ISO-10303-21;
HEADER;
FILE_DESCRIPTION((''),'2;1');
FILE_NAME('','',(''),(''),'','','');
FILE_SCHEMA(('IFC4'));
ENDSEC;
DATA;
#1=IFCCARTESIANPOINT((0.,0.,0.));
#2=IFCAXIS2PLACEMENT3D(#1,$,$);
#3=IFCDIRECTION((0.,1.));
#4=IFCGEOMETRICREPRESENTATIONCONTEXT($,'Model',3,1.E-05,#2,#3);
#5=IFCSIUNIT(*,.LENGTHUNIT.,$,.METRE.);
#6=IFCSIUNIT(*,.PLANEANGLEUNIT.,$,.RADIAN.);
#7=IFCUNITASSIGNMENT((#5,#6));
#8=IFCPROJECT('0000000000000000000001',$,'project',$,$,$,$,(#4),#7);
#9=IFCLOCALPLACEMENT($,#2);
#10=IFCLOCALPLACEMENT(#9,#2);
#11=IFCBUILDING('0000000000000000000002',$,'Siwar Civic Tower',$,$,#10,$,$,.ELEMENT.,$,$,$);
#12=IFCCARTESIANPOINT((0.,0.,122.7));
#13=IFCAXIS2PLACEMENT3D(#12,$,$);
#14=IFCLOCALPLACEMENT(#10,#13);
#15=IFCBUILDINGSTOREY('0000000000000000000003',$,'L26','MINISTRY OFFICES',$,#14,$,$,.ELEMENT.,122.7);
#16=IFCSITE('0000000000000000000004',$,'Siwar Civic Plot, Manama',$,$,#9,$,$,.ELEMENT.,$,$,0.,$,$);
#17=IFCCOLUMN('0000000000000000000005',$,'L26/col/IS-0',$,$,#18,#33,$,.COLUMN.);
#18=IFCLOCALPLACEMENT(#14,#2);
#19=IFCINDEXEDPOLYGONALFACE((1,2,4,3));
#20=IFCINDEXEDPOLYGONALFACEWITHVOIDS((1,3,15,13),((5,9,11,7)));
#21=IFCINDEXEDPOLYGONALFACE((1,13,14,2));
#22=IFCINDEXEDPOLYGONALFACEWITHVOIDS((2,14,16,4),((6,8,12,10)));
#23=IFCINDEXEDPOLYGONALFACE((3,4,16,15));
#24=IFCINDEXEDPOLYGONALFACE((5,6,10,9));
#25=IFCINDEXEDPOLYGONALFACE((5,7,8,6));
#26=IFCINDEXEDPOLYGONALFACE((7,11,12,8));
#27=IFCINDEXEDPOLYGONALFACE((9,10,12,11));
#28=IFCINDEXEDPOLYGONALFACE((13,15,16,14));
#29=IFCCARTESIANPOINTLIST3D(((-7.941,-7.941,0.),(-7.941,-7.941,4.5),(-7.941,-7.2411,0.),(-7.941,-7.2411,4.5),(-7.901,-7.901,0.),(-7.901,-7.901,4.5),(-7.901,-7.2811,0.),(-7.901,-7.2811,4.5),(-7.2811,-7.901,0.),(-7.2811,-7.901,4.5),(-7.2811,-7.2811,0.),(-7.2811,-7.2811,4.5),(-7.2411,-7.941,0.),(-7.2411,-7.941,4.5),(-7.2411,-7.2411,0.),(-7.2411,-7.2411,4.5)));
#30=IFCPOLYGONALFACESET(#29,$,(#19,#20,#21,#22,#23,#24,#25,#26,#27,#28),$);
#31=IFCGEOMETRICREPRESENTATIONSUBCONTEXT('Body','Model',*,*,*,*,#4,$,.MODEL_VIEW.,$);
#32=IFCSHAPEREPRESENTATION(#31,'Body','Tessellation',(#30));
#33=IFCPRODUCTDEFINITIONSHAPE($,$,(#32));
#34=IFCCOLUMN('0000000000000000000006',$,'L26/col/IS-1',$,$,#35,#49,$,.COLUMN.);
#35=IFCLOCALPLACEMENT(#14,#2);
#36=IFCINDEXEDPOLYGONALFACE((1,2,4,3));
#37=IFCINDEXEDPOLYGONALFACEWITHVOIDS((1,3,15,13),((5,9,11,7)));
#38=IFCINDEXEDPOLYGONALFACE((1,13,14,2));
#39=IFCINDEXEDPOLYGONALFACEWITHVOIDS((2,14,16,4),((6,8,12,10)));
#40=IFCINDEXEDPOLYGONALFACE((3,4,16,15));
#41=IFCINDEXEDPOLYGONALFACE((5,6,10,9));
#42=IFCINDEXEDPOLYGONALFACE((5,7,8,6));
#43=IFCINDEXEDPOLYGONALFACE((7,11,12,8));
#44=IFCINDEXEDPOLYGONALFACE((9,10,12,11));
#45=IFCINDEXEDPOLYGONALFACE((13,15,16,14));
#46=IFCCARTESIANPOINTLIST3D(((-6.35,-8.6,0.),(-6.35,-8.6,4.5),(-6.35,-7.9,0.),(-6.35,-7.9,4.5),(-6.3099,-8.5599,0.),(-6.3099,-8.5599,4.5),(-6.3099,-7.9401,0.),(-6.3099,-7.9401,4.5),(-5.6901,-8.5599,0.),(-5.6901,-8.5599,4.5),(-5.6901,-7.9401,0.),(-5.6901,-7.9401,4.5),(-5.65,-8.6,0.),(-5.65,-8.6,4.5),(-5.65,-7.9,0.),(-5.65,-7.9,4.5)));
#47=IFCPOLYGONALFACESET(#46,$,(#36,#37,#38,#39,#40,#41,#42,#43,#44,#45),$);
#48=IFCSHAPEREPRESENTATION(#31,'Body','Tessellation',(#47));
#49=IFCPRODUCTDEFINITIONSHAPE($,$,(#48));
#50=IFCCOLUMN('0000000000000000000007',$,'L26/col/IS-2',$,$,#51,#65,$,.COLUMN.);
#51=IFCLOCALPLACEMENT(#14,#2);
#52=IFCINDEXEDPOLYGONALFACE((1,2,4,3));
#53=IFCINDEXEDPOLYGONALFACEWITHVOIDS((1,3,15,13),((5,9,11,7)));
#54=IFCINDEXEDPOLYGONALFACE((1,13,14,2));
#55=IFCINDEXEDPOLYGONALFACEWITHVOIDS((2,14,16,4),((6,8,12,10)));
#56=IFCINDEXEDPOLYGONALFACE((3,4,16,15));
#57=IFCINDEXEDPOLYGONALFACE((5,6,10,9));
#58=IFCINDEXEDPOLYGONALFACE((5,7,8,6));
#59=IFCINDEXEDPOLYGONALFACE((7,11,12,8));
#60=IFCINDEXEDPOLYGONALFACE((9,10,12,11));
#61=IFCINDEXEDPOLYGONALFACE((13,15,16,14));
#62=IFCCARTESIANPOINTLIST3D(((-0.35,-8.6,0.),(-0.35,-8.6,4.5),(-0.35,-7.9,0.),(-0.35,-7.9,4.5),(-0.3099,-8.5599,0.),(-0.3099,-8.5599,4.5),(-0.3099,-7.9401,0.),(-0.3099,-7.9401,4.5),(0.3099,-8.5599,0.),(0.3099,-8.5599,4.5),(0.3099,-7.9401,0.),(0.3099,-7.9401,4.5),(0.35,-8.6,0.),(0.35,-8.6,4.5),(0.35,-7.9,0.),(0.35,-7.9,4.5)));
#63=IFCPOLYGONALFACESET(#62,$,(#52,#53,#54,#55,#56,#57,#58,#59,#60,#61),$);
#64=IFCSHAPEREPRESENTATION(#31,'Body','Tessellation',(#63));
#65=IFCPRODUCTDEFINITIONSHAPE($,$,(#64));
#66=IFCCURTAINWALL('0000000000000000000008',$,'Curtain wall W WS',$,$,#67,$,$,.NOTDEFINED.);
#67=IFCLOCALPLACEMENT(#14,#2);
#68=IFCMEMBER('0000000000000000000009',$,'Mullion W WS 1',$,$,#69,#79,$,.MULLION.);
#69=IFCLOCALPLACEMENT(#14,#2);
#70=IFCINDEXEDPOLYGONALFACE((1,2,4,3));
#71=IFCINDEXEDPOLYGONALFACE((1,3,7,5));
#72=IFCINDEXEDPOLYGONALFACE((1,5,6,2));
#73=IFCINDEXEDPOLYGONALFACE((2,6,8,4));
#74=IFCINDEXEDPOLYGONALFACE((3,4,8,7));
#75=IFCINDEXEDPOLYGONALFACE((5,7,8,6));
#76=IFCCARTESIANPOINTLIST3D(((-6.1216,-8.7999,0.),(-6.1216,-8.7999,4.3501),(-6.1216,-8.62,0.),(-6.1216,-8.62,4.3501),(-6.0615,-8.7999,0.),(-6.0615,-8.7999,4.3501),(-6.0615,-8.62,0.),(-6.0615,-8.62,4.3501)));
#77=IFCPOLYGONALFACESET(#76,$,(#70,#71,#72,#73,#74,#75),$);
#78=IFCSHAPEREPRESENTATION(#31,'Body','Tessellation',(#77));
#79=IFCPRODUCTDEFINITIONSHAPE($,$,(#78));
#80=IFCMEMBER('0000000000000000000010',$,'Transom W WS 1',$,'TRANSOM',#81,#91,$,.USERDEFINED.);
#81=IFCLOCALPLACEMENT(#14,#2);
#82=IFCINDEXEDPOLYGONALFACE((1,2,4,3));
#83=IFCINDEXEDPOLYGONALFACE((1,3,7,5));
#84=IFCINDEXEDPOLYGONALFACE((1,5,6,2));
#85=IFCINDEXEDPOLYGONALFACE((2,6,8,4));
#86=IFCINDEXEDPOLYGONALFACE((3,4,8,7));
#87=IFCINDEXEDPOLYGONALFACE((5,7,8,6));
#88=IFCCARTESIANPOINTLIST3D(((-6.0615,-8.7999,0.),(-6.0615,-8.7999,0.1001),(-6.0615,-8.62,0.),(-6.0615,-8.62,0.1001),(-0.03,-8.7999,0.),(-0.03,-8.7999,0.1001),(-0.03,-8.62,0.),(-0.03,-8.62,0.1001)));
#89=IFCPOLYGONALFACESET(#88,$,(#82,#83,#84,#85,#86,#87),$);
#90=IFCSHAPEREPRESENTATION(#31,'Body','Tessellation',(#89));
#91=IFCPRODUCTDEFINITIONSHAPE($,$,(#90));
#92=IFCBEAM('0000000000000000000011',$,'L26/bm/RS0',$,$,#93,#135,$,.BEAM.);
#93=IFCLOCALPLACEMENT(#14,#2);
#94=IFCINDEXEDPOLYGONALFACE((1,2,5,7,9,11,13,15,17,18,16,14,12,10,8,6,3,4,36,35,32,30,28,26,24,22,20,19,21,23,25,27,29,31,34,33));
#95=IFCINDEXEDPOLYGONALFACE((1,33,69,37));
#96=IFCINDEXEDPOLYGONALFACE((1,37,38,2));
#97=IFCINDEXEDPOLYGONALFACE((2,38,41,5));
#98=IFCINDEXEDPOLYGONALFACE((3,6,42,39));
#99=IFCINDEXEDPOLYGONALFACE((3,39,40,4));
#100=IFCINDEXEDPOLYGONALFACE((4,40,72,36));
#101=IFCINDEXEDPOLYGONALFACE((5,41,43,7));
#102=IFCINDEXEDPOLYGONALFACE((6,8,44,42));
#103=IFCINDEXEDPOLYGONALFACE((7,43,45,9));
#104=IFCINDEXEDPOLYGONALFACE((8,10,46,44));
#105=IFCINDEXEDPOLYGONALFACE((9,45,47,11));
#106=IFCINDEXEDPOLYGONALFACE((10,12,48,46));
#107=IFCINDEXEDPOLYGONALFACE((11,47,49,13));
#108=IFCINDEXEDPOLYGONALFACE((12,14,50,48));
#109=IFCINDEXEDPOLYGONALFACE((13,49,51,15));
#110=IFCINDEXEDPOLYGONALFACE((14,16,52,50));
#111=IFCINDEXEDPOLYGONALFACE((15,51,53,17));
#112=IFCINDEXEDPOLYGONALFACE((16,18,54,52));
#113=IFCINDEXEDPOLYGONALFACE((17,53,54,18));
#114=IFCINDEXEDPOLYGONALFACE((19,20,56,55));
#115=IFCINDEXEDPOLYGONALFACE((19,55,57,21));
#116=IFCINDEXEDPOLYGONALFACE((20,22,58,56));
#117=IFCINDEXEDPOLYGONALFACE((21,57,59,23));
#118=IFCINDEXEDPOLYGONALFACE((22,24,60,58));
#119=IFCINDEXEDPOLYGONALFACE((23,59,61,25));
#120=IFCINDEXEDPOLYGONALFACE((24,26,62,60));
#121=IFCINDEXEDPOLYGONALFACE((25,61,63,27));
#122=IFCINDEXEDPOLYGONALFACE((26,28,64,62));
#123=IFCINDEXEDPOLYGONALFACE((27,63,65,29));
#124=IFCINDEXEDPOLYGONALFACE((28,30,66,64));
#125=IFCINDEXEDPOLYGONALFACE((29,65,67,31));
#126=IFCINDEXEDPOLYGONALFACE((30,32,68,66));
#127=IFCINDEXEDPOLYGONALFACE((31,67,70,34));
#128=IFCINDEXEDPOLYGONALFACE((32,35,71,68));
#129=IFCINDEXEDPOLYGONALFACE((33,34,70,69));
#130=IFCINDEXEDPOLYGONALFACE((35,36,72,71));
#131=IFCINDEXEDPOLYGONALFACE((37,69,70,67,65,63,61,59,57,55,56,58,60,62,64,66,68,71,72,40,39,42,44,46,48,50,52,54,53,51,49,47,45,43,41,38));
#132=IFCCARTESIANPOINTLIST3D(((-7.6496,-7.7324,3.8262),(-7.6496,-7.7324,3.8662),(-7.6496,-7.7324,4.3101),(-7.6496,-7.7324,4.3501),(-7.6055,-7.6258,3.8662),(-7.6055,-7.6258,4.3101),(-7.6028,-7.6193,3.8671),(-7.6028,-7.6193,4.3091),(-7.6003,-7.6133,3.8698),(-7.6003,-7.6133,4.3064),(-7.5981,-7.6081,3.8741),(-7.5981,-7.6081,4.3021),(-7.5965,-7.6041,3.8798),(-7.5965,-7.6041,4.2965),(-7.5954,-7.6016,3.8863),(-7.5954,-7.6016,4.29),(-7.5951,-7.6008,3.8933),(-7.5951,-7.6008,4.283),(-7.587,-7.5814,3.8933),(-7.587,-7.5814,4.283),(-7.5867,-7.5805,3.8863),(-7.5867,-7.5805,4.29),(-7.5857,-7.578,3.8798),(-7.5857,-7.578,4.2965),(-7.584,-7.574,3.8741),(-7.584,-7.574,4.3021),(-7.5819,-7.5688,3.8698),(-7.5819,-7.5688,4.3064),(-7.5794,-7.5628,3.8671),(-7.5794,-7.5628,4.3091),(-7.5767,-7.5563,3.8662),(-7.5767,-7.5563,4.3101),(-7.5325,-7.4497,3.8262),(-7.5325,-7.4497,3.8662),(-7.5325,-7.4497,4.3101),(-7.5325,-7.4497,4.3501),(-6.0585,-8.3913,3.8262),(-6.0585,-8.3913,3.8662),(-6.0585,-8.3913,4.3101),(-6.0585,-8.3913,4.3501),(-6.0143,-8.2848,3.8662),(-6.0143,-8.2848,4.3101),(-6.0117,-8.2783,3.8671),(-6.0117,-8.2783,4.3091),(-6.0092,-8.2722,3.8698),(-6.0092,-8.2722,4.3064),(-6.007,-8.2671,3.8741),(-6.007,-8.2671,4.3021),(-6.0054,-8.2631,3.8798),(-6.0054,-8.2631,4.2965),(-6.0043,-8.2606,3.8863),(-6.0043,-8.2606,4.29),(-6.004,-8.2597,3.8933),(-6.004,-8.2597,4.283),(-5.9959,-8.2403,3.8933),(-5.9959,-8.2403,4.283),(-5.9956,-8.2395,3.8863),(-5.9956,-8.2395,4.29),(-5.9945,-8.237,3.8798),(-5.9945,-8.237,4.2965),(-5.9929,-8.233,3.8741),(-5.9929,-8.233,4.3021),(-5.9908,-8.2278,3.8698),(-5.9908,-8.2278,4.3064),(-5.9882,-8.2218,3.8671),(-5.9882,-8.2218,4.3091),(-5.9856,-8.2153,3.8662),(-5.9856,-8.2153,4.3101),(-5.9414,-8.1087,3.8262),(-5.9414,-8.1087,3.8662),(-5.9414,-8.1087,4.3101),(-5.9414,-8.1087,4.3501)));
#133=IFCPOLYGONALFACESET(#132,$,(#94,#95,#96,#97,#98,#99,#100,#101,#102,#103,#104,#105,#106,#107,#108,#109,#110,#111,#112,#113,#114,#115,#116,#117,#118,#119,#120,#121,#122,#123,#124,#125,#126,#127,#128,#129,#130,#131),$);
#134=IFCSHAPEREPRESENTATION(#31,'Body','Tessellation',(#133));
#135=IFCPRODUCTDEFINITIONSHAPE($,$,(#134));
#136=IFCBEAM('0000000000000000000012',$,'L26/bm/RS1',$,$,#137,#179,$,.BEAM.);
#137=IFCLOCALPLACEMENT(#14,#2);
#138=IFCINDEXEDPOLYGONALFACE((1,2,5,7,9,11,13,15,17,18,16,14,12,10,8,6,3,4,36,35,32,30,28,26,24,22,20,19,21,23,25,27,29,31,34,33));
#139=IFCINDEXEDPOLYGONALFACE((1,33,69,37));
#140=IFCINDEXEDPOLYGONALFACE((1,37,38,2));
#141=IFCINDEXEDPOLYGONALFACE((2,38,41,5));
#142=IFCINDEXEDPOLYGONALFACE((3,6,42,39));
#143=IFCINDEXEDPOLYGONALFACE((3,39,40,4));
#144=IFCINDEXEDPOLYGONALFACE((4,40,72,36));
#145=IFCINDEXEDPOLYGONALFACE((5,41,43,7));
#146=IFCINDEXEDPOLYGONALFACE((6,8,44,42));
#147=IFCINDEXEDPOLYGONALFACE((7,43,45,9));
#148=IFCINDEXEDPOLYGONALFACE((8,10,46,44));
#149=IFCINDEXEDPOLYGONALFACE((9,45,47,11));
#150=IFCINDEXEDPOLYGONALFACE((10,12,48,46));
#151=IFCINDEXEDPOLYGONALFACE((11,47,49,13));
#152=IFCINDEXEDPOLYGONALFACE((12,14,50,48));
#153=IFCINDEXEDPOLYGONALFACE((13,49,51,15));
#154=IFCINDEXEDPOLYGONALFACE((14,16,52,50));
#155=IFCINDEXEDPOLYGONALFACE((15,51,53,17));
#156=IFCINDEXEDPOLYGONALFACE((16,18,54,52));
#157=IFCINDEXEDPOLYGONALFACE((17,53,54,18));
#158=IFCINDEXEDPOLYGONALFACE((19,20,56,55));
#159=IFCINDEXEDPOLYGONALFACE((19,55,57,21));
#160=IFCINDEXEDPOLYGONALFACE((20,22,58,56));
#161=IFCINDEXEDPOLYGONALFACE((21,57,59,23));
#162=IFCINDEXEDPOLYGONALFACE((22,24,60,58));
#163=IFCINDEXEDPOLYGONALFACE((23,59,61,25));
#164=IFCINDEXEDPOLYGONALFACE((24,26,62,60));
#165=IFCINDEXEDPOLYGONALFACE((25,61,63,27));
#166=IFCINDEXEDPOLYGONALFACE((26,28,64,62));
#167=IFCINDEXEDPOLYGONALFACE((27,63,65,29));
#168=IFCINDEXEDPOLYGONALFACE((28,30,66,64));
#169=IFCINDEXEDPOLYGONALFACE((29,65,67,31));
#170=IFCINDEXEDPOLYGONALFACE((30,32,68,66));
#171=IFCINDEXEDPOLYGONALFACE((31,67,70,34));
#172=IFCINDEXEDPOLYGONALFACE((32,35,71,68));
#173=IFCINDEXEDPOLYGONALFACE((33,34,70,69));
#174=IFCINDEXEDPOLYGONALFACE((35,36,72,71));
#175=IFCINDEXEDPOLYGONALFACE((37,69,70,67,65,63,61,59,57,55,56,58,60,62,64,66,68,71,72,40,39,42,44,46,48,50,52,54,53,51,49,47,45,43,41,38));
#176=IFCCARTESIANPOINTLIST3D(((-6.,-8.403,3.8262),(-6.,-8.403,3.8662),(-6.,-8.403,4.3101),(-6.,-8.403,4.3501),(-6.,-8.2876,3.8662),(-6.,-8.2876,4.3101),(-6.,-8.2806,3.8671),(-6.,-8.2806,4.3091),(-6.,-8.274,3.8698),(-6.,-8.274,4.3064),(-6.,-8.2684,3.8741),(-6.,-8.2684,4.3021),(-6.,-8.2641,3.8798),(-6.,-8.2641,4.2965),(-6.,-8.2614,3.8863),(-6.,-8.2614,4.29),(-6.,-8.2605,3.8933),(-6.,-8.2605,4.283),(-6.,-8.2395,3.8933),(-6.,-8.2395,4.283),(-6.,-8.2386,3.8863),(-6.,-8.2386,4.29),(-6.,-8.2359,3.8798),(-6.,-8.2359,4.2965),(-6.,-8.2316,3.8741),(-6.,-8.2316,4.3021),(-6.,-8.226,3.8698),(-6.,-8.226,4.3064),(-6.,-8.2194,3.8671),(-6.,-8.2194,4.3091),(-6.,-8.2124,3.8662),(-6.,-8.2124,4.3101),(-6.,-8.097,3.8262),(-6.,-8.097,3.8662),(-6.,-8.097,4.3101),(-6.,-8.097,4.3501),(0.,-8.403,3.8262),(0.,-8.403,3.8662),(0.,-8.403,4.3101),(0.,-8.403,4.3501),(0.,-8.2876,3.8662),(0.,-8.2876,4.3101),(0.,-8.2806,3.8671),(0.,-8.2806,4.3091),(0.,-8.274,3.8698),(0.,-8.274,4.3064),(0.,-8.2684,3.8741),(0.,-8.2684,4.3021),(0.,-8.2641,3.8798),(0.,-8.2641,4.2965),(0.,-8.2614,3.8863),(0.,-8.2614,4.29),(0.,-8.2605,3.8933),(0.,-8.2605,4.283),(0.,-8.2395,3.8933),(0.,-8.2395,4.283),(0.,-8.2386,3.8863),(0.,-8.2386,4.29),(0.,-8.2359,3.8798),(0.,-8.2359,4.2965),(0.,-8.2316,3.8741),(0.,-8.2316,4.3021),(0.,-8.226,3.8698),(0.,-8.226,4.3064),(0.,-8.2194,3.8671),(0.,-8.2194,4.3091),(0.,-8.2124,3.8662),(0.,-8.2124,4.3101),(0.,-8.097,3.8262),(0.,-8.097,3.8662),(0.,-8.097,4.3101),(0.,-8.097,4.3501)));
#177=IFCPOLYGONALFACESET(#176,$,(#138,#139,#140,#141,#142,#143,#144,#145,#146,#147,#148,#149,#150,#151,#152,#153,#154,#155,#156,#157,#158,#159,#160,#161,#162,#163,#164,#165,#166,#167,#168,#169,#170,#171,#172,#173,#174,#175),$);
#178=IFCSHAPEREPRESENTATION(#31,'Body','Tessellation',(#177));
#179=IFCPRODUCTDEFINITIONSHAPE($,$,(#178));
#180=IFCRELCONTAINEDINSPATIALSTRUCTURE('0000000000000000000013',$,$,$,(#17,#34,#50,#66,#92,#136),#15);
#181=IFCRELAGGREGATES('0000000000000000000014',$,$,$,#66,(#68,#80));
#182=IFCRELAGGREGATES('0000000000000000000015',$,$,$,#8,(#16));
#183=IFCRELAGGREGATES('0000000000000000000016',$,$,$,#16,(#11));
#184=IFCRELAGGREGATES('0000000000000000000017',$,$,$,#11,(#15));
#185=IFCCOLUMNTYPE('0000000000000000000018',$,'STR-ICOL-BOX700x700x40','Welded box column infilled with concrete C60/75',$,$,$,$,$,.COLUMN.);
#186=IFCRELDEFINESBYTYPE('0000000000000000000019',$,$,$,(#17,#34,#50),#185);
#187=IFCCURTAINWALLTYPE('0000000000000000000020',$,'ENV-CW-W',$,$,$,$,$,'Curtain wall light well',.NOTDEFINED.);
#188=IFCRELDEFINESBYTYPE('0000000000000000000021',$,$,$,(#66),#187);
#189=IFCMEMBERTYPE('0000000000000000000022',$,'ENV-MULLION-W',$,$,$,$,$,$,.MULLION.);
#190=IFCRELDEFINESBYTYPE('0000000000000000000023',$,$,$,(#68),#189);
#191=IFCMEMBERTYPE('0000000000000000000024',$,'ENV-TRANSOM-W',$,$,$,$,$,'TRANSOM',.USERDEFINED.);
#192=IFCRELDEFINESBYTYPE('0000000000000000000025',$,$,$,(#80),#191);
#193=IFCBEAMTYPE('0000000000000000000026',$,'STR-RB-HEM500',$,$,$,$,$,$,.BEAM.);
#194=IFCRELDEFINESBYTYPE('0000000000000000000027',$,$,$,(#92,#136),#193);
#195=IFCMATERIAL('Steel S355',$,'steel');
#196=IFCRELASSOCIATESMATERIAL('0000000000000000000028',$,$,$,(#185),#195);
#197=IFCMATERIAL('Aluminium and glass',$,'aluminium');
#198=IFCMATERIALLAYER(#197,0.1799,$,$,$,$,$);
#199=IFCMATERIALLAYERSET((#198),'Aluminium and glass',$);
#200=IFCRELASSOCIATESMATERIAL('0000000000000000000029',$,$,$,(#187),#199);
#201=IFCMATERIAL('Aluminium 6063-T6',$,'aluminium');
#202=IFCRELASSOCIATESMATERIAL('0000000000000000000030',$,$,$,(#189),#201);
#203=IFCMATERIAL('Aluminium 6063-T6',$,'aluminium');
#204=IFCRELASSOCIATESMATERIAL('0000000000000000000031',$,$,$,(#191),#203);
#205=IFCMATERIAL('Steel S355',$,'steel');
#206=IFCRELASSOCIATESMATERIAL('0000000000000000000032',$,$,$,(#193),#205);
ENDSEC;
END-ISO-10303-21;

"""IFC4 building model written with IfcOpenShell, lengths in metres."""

from ifc_helpers import new_model, si_unit, direction, frame, origin, origin_2d, place, context, subcontext, project, spatial, rectangle, hollow_rectangle, i_section, extrude, material, layer, layer_set, material_profile, profile_set, type_object, element, aggregate, save


model = new_model("IFC4")

# Units and contexts
model_context = context("Model", 3, precision=1e-05, world=origin(), true_north=direction((0.0, 1.0)))
body_context = subcontext(model_context, "Body", "Model", "MODEL_VIEW")
ifc_project = project(units=[si_unit("LENGTHUNIT", "METRE"), si_unit("PLANEANGLEUNIT", "RADIAN")], contexts=[model_context])

# Site, building, storey
site_placement = place(None, origin())
site = spatial("IfcSite", under=ifc_project, at=site_placement, Name="Siwar Civic Plot, Manama", CompositionType="ELEMENT", RefElevation=0.0)
building_placement = place(site_placement, origin())
building = spatial("IfcBuilding", under=site, at=building_placement, Name="Siwar Civic Tower", CompositionType="ELEMENT")
storey_placement = place(building_placement, frame((0.0, 0.0, 122.7)))
storey = spatial("IfcBuildingStorey", under=building, at=storey_placement, Name="L26", Description="MINISTRY OFFICES", CompositionType="ELEMENT", Elevation=122.7)

# Columns
ifc_material_1 = material(Name="Steel S355", Category="steel")
ifc_material_profile_1 = material_profile(ifc_material_1, hollow_rectangle(XDim=0.7, YDim=0.7, WallThickness=0.04, at=origin_2d()), Name="BOX700x700x40")
ifc_profile_set_1 = profile_set([ifc_material_profile_1], Name="Steel S355")
column_type = type_object("IfcColumnType", Name="STR-ICOL-BOX700x700x40", Description="Welded box column infilled with concrete C60/75", PredefinedType="COLUMN", material=ifc_profile_set_1)
for number, where, z_axis, x_axis, name in (
    (1, (-7.5911, -7.5911, 0.0), (0.0, 0.0, 1.0), (1.0, 0.0, 0.0), "L26/col/IS-0"),
    (2, (-6.0, -8.25, 0.0), (0.0, 0.0, 1.0), (1.0, 0.0, 0.0), "L26/col/IS-1"),
    (3, (0.0, -8.25, 0.0), (0.0, 0.0, 1.0), (1.0, 0.0, 0.0), "L26/col/IS-2"),
):
    element("IfcColumn", number, at=place(storey_placement, frame(where, z_axis=z_axis, x_axis=x_axis)), inside=storey, type_object=column_type, Name=name, PredefinedType="COLUMN", context=body_context, shape_type="SweptSolid", body=[
        extrude(hollow_rectangle(XDim=0.7, YDim=0.7, WallThickness=0.04, at=origin_2d()), origin(), (0.0, 0.0, 1.0), 4.5),
    ])

# Curtain wall, members
ifc_material_2 = material(Name="Aluminium and glass", Category="aluminium")
ifc_layer_1 = layer(ifc_material_2, 0.1799)
ifc_layer_set_1 = layer_set([ifc_layer_1], Name="Aluminium and glass")
curtain_wall_type = type_object("IfcCurtainWallType", Name="ENV-CW-W", ElementType="Curtain wall light well", PredefinedType="NOTDEFINED", material=ifc_layer_set_1)
curtain_wall_placement = place(storey_placement, origin())
curtain_wall = element("IfcCurtainWall", 4, at=curtain_wall_placement, inside=storey, type_object=curtain_wall_type, Name="Curtain wall W WS", PredefinedType="NOTDEFINED")
ifc_material_3 = material(Name="Aluminium 6063-T6", Category="aluminium")
ifc_material_profile_2 = material_profile(ifc_material_3, rectangle(XDim=0.1799, YDim=0.0601, at=origin_2d()), Name="AL 180x60")
ifc_profile_set_2 = profile_set([ifc_material_profile_2], Name="Aluminium 6063-T6")
member_type_1 = type_object("IfcMemberType", Name="ENV-MULLION-W", PredefinedType="MULLION", material=ifc_profile_set_2)
member_1_placement = place(storey_placement, frame((-6.0916, -8.71, 0.0), z_axis=(0.0, 0.0, 1.0), x_axis=(0.0, 1.0, 0.0)))
member_1 = element("IfcMember", 5, at=member_1_placement, type_object=member_type_1, Name="Mullion W WS 1", PredefinedType="MULLION", context=body_context, shape_type="SweptSolid", body=[
    extrude(rectangle(XDim=0.1799, YDim=0.0601, at=origin_2d()), origin(), (0.0, 0.0, 1.0), 4.3501),
])
ifc_material_4 = material(Name="Aluminium 6063-T6", Category="aluminium")
ifc_material_profile_3 = material_profile(ifc_material_4, rectangle(XDim=0.1799, YDim=0.1001, at=origin_2d()), Name="AL 180x100")
ifc_profile_set_3 = profile_set([ifc_material_profile_3], Name="Aluminium 6063-T6")
member_type_2 = type_object("IfcMemberType", Name="ENV-TRANSOM-W", ElementType="TRANSOM", PredefinedType="USERDEFINED", material=ifc_profile_set_3)
member_2_placement = place(storey_placement, frame((-6.0615, -8.71, 0.05), z_axis=(1.0, 0.0, 0.0), x_axis=(0.0, 1.0, 0.0)))
member_2 = element("IfcMember", 6, at=member_2_placement, type_object=member_type_2, Name="Transom W WS 1", ObjectType="TRANSOM", PredefinedType="USERDEFINED", context=body_context, shape_type="SweptSolid", body=[
    extrude(rectangle(XDim=0.1799, YDim=0.1001, at=origin_2d()), origin(), (0.0, 0.0, 1.0), 6.0315),
])

# Beams
ifc_material_5 = material(Name="Steel S355", Category="steel")
ifc_material_profile_4 = material_profile(ifc_material_5, i_section(OverallWidth=0.3059, OverallDepth=0.5239, WebThickness=0.021, FlangeThickness=0.04, FilletRadius=0.0271, at=origin_2d()), Name="HEM500")
ifc_profile_set_4 = profile_set([ifc_material_profile_4], Name="Steel S355")
beam_type = type_object("IfcBeamType", Name="STR-RB-HEM500", PredefinedType="BEAM", material=ifc_profile_set_4)
beam_1_placement = place(storey_placement, frame((-7.5911, -7.5911, 4.0881), z_axis=(0.923901, -0.382631, 0.0), x_axis=(0.382631, 0.923901, 0.0)))
element("IfcBeam", 7, at=beam_1_placement, inside=storey, type_object=beam_type, Name="L26/bm/RS0", PredefinedType="BEAM", context=body_context, shape_type="SweptSolid", body=[
    extrude(i_section(OverallWidth=0.3059, OverallDepth=0.5239, WebThickness=0.021, FlangeThickness=0.04, FilletRadius=0.0271, at=origin_2d()), origin(), (0.0, 0.0, 1.0), 1.7222),
])
for number, where, z_axis, x_axis, name in (
    (8, (-6.0, -8.25, 4.0881), (1.0, 0.0, 0.0), (0.0, 1.0, 0.0), "L26/bm/RS1"),
):
    element("IfcBeam", number, at=place(storey_placement, frame(where, z_axis=z_axis, x_axis=x_axis)), inside=storey, type_object=beam_type, Name=name, PredefinedType="BEAM", context=body_context, shape_type="SweptSolid", body=[
        extrude(i_section(OverallWidth=0.3059, OverallDepth=0.5239, WebThickness=0.021, FlangeThickness=0.04, FilletRadius=0.0271, at=origin_2d()), origin(), (0.0, 0.0, 1.0), 6.0),
    ])

aggregate(curtain_wall, [member_1, member_2])

save(model, "model.ifc")
